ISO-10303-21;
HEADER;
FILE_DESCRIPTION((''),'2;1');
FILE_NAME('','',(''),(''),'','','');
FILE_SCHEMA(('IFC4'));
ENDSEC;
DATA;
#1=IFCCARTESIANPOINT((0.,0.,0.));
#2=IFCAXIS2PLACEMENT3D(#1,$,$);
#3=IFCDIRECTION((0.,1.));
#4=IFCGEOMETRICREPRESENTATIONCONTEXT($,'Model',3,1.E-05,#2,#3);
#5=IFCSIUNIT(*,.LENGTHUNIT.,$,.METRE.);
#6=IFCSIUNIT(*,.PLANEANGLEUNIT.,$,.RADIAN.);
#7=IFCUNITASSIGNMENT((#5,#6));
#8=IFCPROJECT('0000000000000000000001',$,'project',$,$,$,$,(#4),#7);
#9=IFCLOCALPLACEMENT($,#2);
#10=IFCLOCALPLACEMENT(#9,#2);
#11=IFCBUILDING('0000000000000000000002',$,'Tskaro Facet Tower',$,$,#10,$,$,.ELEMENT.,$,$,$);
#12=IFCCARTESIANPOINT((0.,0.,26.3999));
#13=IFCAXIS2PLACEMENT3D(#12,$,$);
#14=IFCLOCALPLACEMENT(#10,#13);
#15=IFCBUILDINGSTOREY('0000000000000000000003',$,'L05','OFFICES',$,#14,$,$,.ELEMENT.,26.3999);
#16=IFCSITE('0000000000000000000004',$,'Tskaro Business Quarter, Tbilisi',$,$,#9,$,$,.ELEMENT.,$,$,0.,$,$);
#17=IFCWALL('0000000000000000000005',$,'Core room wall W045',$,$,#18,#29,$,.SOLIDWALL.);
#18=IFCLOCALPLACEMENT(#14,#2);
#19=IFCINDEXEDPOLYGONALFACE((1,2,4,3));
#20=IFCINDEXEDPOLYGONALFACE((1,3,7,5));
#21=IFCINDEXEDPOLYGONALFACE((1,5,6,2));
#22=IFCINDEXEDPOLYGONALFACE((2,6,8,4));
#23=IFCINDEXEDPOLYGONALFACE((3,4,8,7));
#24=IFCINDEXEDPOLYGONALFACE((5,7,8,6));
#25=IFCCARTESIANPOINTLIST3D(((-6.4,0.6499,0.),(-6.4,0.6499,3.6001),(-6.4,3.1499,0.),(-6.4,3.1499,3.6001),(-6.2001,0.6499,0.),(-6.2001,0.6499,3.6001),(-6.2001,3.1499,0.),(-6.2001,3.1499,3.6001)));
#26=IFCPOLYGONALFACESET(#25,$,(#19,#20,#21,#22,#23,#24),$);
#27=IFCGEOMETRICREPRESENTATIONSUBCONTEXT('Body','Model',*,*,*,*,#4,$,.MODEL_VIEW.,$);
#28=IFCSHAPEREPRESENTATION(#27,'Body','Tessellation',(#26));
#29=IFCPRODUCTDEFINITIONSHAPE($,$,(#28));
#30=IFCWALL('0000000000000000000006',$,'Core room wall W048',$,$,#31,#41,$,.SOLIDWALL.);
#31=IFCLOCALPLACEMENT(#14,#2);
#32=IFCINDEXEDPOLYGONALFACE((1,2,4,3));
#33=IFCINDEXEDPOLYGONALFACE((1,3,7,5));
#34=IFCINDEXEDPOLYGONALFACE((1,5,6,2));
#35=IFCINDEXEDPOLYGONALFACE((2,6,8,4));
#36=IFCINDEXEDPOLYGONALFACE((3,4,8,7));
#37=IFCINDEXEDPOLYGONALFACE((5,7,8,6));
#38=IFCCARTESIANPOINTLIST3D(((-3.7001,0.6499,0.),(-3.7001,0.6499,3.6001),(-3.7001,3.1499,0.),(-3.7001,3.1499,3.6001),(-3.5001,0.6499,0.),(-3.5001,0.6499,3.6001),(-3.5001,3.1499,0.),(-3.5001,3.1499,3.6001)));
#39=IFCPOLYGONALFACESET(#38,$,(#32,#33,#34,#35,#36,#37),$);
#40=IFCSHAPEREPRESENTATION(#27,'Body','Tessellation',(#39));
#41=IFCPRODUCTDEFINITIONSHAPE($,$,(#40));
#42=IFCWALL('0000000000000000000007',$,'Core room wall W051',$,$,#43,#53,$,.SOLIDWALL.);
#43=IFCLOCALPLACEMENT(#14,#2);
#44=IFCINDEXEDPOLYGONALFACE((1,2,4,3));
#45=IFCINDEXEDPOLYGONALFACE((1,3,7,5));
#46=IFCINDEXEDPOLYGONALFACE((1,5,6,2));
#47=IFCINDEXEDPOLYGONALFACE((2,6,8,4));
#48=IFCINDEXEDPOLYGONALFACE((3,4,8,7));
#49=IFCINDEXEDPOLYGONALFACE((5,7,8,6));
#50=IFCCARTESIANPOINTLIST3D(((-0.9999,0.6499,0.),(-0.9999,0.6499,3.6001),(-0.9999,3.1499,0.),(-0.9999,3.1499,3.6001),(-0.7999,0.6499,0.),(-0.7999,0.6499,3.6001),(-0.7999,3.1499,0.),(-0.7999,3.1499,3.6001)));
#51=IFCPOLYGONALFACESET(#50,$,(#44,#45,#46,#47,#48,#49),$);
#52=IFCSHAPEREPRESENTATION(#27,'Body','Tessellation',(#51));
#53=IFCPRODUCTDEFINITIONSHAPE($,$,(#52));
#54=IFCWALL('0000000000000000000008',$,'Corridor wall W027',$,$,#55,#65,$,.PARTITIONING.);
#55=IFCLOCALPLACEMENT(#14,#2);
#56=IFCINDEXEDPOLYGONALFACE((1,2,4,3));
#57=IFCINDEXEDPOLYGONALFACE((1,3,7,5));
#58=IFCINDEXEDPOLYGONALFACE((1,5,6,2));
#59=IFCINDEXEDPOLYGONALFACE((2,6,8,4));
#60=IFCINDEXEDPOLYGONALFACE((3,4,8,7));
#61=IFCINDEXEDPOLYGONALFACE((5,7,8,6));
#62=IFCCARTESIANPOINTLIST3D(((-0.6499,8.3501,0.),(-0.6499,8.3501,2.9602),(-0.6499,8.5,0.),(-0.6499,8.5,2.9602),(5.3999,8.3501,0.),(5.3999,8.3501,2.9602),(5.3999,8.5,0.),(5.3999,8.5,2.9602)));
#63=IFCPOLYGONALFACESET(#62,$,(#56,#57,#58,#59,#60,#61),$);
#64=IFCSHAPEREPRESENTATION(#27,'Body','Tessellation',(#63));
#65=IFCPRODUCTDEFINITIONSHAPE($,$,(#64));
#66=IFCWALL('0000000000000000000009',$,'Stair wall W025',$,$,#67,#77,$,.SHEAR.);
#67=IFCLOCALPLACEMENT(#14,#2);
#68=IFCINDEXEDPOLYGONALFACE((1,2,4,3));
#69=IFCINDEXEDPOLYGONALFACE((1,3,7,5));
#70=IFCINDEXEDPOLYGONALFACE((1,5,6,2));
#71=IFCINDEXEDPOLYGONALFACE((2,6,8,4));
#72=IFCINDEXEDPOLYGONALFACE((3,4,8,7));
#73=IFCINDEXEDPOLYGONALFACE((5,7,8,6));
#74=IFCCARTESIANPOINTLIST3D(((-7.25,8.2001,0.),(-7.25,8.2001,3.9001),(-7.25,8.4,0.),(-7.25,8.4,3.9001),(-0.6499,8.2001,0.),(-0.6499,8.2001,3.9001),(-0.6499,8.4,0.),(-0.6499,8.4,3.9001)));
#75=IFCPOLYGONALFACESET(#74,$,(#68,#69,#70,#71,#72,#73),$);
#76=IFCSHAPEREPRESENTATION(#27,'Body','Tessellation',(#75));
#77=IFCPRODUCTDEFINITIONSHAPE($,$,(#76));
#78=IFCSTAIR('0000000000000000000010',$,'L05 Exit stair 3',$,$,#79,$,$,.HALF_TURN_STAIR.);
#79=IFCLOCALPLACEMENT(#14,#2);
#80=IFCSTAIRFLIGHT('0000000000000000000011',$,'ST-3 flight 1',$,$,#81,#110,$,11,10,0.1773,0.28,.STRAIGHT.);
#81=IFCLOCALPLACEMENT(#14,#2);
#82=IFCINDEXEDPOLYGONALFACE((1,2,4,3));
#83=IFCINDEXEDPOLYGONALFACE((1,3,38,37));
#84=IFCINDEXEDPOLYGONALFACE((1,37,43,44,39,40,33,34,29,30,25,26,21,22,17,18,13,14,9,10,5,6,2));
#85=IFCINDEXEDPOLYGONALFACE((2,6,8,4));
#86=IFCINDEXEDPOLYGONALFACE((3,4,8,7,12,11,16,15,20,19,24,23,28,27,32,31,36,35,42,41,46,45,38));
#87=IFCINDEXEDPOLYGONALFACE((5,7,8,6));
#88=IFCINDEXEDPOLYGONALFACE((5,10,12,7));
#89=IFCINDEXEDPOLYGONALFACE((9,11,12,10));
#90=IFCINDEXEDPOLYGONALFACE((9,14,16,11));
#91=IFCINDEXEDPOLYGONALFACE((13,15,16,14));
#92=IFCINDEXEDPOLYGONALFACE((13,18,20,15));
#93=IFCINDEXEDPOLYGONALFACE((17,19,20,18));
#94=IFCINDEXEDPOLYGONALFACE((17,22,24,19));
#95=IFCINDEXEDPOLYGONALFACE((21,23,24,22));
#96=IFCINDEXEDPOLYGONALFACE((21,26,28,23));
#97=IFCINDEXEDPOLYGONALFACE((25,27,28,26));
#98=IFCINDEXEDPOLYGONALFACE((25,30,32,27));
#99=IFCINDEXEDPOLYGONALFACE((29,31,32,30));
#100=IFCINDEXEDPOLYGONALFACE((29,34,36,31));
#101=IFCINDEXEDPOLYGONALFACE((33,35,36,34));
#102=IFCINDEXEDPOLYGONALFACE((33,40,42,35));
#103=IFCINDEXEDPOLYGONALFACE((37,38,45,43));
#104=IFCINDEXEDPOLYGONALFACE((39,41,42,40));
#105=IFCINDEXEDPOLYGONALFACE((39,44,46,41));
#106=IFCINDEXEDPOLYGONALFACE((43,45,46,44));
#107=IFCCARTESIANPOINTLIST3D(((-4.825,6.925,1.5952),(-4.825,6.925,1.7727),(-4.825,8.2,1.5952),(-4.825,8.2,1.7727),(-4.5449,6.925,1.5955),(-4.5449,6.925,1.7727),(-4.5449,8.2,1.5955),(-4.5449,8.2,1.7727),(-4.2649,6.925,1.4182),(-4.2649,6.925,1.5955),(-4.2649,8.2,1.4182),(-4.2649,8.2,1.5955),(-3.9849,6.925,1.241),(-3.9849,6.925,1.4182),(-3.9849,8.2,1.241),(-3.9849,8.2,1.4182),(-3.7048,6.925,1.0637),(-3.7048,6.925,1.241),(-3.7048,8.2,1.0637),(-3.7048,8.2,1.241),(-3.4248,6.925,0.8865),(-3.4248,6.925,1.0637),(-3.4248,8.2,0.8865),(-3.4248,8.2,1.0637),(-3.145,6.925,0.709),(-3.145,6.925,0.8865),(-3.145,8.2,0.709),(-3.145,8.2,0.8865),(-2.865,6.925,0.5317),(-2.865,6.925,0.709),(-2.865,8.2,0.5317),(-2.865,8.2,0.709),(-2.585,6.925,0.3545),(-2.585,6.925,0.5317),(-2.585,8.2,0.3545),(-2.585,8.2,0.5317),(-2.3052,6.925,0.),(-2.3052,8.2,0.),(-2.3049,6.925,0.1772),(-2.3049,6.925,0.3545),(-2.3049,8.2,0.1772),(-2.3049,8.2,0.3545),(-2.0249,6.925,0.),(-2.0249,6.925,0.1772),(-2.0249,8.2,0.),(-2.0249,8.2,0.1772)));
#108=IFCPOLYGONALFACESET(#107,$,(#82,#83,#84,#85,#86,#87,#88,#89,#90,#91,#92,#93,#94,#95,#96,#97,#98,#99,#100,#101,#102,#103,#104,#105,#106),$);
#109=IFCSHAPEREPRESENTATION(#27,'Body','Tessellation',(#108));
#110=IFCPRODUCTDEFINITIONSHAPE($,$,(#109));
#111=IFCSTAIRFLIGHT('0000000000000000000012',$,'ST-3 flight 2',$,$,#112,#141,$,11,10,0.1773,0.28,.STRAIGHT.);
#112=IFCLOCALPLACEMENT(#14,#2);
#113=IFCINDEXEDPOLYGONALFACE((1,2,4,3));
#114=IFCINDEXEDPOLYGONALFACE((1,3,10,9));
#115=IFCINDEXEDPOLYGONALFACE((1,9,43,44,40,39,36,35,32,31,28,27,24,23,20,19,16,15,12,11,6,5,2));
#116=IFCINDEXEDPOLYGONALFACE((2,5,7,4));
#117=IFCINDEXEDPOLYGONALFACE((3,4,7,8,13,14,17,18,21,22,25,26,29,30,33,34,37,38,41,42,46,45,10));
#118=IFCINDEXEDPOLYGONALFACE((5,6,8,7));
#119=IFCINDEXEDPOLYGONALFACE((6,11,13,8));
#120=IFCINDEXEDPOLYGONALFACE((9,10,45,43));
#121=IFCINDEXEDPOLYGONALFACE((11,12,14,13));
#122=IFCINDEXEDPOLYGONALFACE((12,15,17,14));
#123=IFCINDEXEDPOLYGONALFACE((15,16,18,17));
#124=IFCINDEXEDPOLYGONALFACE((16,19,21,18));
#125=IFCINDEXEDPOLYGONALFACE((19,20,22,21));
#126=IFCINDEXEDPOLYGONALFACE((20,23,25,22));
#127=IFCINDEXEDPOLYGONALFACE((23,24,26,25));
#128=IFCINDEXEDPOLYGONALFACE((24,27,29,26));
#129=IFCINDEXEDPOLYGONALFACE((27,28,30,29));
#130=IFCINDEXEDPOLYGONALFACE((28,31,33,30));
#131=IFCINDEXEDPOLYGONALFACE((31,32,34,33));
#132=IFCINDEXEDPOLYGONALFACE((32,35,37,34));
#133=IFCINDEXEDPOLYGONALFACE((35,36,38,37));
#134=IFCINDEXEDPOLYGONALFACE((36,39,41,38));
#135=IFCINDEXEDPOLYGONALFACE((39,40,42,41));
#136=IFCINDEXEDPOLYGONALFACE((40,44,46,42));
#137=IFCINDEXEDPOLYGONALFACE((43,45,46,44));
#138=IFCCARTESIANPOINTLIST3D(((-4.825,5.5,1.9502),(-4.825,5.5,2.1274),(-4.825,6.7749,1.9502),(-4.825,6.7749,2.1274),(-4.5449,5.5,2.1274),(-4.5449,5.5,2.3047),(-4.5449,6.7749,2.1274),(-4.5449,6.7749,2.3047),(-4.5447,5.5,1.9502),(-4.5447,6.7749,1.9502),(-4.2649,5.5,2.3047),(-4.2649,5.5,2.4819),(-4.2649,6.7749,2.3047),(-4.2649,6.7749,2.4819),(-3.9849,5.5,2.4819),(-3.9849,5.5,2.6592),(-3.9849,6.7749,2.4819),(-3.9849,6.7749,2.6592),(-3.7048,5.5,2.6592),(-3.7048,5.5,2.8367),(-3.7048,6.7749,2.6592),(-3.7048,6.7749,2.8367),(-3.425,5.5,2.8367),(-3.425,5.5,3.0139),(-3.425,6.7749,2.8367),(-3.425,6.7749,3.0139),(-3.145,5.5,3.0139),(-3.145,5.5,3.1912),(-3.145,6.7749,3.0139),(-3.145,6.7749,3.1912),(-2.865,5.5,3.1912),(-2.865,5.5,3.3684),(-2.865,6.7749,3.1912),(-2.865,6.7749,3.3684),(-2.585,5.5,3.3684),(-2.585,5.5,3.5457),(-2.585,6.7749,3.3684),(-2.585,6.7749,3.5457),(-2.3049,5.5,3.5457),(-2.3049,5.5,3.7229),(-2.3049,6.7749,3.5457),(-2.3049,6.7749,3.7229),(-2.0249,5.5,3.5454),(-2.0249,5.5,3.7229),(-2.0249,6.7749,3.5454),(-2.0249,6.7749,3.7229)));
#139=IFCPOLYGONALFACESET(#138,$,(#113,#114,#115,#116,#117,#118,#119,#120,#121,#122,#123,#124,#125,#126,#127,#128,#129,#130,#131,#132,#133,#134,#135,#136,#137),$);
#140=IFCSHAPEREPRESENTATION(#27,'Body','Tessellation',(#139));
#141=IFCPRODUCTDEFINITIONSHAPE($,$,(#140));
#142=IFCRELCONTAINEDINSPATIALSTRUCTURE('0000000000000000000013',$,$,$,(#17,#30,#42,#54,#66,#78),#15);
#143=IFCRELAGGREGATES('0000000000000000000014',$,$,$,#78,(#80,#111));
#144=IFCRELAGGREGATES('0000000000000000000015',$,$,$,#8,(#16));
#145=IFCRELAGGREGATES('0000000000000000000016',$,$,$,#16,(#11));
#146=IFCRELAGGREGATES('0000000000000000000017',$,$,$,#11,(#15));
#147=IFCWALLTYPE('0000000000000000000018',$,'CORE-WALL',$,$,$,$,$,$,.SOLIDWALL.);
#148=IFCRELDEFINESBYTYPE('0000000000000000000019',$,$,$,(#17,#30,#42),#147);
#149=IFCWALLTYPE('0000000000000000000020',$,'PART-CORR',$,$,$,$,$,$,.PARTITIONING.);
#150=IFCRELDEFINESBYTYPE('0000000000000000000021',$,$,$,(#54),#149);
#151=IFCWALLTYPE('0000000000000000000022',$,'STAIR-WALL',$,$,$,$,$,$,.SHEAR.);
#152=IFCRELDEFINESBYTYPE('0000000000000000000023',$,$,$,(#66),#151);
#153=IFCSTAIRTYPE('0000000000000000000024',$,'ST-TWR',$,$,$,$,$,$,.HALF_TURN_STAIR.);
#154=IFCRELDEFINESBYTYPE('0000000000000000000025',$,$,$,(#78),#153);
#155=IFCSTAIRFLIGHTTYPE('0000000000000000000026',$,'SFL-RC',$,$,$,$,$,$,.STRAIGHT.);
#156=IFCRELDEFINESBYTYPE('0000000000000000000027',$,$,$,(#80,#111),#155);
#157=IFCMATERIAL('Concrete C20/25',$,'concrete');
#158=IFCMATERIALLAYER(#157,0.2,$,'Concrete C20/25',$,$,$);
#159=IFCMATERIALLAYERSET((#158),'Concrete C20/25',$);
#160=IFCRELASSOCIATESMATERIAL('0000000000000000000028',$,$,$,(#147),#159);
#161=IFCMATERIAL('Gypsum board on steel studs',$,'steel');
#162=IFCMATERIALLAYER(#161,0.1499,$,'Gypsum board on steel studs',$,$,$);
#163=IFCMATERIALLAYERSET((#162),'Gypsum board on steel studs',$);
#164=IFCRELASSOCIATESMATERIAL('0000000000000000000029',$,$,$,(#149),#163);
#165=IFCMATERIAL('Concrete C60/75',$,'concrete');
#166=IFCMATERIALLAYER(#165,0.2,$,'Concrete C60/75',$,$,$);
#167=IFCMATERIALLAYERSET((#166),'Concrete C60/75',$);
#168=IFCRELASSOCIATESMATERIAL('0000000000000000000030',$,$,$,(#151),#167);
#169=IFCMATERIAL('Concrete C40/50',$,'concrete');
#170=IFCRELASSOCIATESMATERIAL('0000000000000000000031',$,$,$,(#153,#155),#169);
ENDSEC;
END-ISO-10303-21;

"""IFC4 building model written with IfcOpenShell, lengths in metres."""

from ifc_helpers import new_model, si_unit, direction, frame, frame_2d, origin, place, context, subcontext, project, spatial, polyline, rectangle, outline, extrude, material, layer, layer_set, type_object, element, aggregate, save


model = new_model("IFC4")

# Units and contexts
model_context = context("Model", 3, precision=1e-05, world=origin(), true_north=direction((0.0, 1.0)))
body_context = subcontext(model_context, "Body", "Model", "MODEL_VIEW")
ifc_project = project(units=[si_unit("LENGTHUNIT", "METRE"), si_unit("PLANEANGLEUNIT", "RADIAN")], contexts=[model_context])

# Site, building, storey
site_placement = place(None, origin())
site = spatial("IfcSite", under=ifc_project, at=site_placement, Name="Tskaro Business Quarter, Tbilisi", CompositionType="ELEMENT", RefElevation=0.0)
building_placement = place(site_placement, origin())
building = spatial("IfcBuilding", under=site, at=building_placement, Name="Tskaro Facet Tower", CompositionType="ELEMENT")
storey_placement = place(building_placement, frame((0.0, 0.0, 26.3999)))
storey = spatial("IfcBuildingStorey", under=building, at=storey_placement, Name="L05", Description="OFFICES", CompositionType="ELEMENT", Elevation=26.3999)

# Walls
ifc_material_1 = material(Name="Concrete C20/25", Category="concrete")
ifc_layer_1 = layer(ifc_material_1, 0.2, Name="Concrete C20/25")
ifc_layer_set_1 = layer_set([ifc_layer_1], Name="Concrete C20/25")
wall_type_1 = type_object("IfcWallType", Name="CORE-WALL", PredefinedType="SOLIDWALL", material=ifc_layer_set_1)
for number, where, z_axis, x_axis, name in (
    (1, (-6.3, 0.6499, 0.0), (0.0, 0.0, 1.0), (0.0, 1.0, 0.0), "Core room wall W045"),
    (2, (-3.6001, 0.6499, 0.0), (0.0, 0.0, 1.0), (0.0, 1.0, 0.0), "Core room wall W048"),
    (3, (-0.8999, 0.6499, 0.0), (0.0, 0.0, 1.0), (0.0, 1.0, 0.0), "Core room wall W051"),
):
    element("IfcWall", number, at=place(storey_placement, frame(where, z_axis=z_axis, x_axis=x_axis)), inside=storey, type_object=wall_type_1, Name=name, PredefinedType="SOLIDWALL", context=body_context, shape_type="SweptSolid", body=[
        extrude(rectangle(XDim=2.5, YDim=0.2, at=frame_2d((1.25, 0.0))), origin(), (0.0, 0.0, 1.0), 3.6001),
    ])
ifc_material_2 = material(Name="Gypsum board on steel studs", Category="steel")
ifc_layer_2 = layer(ifc_material_2, 0.1499, Name="Gypsum board on steel studs")
ifc_layer_set_2 = layer_set([ifc_layer_2], Name="Gypsum board on steel studs")
wall_type_2 = type_object("IfcWallType", Name="PART-CORR", PredefinedType="PARTITIONING", material=ifc_layer_set_2)
wall_1_placement = place(storey_placement, frame((-0.6499, 8.425, 0.0), z_axis=(0.0, 0.0, 1.0), x_axis=(1.0, 0.0, 0.0)))
element("IfcWall", 4, at=wall_1_placement, inside=storey, type_object=wall_type_2, Name="Corridor wall W027", PredefinedType="PARTITIONING", context=body_context, shape_type="SweptSolid", body=[
    extrude(rectangle(XDim=6.0498, YDim=0.1499, at=frame_2d((3.0249, 0.0))), origin(), (0.0, 0.0, 1.0), 2.9602),
])
ifc_material_3 = material(Name="Concrete C60/75", Category="concrete")
ifc_layer_3 = layer(ifc_material_3, 0.2, Name="Concrete C60/75")
ifc_layer_set_3 = layer_set([ifc_layer_3], Name="Concrete C60/75")
wall_type_3 = type_object("IfcWallType", Name="STAIR-WALL", PredefinedType="SHEAR", material=ifc_layer_set_3)
wall_2_placement = place(storey_placement, frame((-7.25, 8.3, 0.0), z_axis=(0.0, 0.0, 1.0), x_axis=(1.0, 0.0, 0.0)))
element("IfcWall", 5, at=wall_2_placement, inside=storey, type_object=wall_type_3, Name="Stair wall W025", PredefinedType="SHEAR", context=body_context, shape_type="SweptSolid", body=[
    extrude(rectangle(XDim=6.6001, YDim=0.2, at=frame_2d((3.3, 0.0))), origin(), (0.0, 0.0, 1.0), 3.9001),
])

# Stair, stair flights
ifc_material_4 = material(Name="Concrete C40/50", Category="concrete")
stair_type = type_object("IfcStairType", Name="ST-TWR", PredefinedType="HALF_TURN_STAIR", material=ifc_material_4)
stair_placement = place(storey_placement, origin())
stair = element("IfcStair", 6, at=stair_placement, inside=storey, type_object=stair_type, Name="L05 Exit stair 3", PredefinedType="HALF_TURN_STAIR")
stair_flight_type = type_object("IfcStairFlightType", Name="SFL-RC", PredefinedType="STRAIGHT", material=ifc_material_4)
stair_flight_1_placement = place(storey_placement, frame((-2.0249, 7.5625, 0.0), z_axis=(0.0, 0.0, 1.0), x_axis=(-1.0, 0.0, 0.0)))
stair_flight_1 = element("IfcStairFlight", 7, at=stair_flight_1_placement, type_object=stair_flight_type, Name="ST-3 flight 1", NumberOfRisers=11, NumberOfTreads=10, PredefinedType="STRAIGHT", RiserHeight=0.1773, TreadLength=0.28, context=body_context, shape_type="SweptSolid", body=[
    extrude(outline(polyline([(0.0, 0.0), (0.0, 0.1772), (0.28, 0.1772), (0.28, 0.3545), (0.5601, 0.3545), (0.5601, 0.5317), (0.8401, 0.5317), (0.8401, 0.709), (1.1201, 0.709), (1.1201, 0.8865), (1.3999, 0.8865), (1.3999, 1.0637), (1.6799, 1.0637), (1.6799, 1.241), (1.96, 1.241), (1.96, 1.4182), (2.24, 1.4182), (2.24, 1.5955), (2.52, 1.5955), (2.52, 1.7727), (2.8, 1.7727), (2.8, 1.95), (2.8, 1.5952), (0.2803, 0.0), (0.0, 0.0)])), frame((0.0, 0.6375, 0.0), z_axis=(0.0, -1.0, 0.0), x_axis=(1.0, 0.0, 0.0)), (0.0, 0.0, 1.0), 1.2749),
])
stair_flight_2_placement = place(storey_placement, frame((-4.825, 6.1375, 1.9502), z_axis=(0.0, 0.0, 1.0), x_axis=(1.0, 0.0, 0.0)))
stair_flight_2 = element("IfcStairFlight", 8, at=stair_flight_2_placement, type_object=stair_flight_type, Name="ST-3 flight 2", NumberOfRisers=11, NumberOfTreads=10, PredefinedType="STRAIGHT", RiserHeight=0.1773, TreadLength=0.28, context=body_context, shape_type="SweptSolid", body=[
    extrude(outline(polyline([(0.0, 0.0), (0.0, 0.1772), (0.28, 0.1772), (0.28, 0.3545), (0.5601, 0.3545), (0.5601, 0.5317), (0.8401, 0.5317), (0.8401, 0.709), (1.1201, 0.709), (1.1201, 0.8865), (1.3999, 0.8865), (1.3999, 1.0637), (1.6799, 1.0637), (1.6799, 1.241), (1.96, 1.241), (1.96, 1.4182), (2.24, 1.4182), (2.24, 1.5955), (2.52, 1.5955), (2.52, 1.7727), (2.8, 1.7727), (2.8, 1.95), (2.8, 1.5952), (0.2803, 0.0), (0.0, 0.0)])), frame((0.0, 0.6375, 0.0), z_axis=(0.0, -1.0, 0.0), x_axis=(1.0, 0.0, 0.0)), (0.0, 0.0, 1.0), 1.2749),
])
aggregate(stair, [stair_flight_1, stair_flight_2])

save(model, "model.ifc")
